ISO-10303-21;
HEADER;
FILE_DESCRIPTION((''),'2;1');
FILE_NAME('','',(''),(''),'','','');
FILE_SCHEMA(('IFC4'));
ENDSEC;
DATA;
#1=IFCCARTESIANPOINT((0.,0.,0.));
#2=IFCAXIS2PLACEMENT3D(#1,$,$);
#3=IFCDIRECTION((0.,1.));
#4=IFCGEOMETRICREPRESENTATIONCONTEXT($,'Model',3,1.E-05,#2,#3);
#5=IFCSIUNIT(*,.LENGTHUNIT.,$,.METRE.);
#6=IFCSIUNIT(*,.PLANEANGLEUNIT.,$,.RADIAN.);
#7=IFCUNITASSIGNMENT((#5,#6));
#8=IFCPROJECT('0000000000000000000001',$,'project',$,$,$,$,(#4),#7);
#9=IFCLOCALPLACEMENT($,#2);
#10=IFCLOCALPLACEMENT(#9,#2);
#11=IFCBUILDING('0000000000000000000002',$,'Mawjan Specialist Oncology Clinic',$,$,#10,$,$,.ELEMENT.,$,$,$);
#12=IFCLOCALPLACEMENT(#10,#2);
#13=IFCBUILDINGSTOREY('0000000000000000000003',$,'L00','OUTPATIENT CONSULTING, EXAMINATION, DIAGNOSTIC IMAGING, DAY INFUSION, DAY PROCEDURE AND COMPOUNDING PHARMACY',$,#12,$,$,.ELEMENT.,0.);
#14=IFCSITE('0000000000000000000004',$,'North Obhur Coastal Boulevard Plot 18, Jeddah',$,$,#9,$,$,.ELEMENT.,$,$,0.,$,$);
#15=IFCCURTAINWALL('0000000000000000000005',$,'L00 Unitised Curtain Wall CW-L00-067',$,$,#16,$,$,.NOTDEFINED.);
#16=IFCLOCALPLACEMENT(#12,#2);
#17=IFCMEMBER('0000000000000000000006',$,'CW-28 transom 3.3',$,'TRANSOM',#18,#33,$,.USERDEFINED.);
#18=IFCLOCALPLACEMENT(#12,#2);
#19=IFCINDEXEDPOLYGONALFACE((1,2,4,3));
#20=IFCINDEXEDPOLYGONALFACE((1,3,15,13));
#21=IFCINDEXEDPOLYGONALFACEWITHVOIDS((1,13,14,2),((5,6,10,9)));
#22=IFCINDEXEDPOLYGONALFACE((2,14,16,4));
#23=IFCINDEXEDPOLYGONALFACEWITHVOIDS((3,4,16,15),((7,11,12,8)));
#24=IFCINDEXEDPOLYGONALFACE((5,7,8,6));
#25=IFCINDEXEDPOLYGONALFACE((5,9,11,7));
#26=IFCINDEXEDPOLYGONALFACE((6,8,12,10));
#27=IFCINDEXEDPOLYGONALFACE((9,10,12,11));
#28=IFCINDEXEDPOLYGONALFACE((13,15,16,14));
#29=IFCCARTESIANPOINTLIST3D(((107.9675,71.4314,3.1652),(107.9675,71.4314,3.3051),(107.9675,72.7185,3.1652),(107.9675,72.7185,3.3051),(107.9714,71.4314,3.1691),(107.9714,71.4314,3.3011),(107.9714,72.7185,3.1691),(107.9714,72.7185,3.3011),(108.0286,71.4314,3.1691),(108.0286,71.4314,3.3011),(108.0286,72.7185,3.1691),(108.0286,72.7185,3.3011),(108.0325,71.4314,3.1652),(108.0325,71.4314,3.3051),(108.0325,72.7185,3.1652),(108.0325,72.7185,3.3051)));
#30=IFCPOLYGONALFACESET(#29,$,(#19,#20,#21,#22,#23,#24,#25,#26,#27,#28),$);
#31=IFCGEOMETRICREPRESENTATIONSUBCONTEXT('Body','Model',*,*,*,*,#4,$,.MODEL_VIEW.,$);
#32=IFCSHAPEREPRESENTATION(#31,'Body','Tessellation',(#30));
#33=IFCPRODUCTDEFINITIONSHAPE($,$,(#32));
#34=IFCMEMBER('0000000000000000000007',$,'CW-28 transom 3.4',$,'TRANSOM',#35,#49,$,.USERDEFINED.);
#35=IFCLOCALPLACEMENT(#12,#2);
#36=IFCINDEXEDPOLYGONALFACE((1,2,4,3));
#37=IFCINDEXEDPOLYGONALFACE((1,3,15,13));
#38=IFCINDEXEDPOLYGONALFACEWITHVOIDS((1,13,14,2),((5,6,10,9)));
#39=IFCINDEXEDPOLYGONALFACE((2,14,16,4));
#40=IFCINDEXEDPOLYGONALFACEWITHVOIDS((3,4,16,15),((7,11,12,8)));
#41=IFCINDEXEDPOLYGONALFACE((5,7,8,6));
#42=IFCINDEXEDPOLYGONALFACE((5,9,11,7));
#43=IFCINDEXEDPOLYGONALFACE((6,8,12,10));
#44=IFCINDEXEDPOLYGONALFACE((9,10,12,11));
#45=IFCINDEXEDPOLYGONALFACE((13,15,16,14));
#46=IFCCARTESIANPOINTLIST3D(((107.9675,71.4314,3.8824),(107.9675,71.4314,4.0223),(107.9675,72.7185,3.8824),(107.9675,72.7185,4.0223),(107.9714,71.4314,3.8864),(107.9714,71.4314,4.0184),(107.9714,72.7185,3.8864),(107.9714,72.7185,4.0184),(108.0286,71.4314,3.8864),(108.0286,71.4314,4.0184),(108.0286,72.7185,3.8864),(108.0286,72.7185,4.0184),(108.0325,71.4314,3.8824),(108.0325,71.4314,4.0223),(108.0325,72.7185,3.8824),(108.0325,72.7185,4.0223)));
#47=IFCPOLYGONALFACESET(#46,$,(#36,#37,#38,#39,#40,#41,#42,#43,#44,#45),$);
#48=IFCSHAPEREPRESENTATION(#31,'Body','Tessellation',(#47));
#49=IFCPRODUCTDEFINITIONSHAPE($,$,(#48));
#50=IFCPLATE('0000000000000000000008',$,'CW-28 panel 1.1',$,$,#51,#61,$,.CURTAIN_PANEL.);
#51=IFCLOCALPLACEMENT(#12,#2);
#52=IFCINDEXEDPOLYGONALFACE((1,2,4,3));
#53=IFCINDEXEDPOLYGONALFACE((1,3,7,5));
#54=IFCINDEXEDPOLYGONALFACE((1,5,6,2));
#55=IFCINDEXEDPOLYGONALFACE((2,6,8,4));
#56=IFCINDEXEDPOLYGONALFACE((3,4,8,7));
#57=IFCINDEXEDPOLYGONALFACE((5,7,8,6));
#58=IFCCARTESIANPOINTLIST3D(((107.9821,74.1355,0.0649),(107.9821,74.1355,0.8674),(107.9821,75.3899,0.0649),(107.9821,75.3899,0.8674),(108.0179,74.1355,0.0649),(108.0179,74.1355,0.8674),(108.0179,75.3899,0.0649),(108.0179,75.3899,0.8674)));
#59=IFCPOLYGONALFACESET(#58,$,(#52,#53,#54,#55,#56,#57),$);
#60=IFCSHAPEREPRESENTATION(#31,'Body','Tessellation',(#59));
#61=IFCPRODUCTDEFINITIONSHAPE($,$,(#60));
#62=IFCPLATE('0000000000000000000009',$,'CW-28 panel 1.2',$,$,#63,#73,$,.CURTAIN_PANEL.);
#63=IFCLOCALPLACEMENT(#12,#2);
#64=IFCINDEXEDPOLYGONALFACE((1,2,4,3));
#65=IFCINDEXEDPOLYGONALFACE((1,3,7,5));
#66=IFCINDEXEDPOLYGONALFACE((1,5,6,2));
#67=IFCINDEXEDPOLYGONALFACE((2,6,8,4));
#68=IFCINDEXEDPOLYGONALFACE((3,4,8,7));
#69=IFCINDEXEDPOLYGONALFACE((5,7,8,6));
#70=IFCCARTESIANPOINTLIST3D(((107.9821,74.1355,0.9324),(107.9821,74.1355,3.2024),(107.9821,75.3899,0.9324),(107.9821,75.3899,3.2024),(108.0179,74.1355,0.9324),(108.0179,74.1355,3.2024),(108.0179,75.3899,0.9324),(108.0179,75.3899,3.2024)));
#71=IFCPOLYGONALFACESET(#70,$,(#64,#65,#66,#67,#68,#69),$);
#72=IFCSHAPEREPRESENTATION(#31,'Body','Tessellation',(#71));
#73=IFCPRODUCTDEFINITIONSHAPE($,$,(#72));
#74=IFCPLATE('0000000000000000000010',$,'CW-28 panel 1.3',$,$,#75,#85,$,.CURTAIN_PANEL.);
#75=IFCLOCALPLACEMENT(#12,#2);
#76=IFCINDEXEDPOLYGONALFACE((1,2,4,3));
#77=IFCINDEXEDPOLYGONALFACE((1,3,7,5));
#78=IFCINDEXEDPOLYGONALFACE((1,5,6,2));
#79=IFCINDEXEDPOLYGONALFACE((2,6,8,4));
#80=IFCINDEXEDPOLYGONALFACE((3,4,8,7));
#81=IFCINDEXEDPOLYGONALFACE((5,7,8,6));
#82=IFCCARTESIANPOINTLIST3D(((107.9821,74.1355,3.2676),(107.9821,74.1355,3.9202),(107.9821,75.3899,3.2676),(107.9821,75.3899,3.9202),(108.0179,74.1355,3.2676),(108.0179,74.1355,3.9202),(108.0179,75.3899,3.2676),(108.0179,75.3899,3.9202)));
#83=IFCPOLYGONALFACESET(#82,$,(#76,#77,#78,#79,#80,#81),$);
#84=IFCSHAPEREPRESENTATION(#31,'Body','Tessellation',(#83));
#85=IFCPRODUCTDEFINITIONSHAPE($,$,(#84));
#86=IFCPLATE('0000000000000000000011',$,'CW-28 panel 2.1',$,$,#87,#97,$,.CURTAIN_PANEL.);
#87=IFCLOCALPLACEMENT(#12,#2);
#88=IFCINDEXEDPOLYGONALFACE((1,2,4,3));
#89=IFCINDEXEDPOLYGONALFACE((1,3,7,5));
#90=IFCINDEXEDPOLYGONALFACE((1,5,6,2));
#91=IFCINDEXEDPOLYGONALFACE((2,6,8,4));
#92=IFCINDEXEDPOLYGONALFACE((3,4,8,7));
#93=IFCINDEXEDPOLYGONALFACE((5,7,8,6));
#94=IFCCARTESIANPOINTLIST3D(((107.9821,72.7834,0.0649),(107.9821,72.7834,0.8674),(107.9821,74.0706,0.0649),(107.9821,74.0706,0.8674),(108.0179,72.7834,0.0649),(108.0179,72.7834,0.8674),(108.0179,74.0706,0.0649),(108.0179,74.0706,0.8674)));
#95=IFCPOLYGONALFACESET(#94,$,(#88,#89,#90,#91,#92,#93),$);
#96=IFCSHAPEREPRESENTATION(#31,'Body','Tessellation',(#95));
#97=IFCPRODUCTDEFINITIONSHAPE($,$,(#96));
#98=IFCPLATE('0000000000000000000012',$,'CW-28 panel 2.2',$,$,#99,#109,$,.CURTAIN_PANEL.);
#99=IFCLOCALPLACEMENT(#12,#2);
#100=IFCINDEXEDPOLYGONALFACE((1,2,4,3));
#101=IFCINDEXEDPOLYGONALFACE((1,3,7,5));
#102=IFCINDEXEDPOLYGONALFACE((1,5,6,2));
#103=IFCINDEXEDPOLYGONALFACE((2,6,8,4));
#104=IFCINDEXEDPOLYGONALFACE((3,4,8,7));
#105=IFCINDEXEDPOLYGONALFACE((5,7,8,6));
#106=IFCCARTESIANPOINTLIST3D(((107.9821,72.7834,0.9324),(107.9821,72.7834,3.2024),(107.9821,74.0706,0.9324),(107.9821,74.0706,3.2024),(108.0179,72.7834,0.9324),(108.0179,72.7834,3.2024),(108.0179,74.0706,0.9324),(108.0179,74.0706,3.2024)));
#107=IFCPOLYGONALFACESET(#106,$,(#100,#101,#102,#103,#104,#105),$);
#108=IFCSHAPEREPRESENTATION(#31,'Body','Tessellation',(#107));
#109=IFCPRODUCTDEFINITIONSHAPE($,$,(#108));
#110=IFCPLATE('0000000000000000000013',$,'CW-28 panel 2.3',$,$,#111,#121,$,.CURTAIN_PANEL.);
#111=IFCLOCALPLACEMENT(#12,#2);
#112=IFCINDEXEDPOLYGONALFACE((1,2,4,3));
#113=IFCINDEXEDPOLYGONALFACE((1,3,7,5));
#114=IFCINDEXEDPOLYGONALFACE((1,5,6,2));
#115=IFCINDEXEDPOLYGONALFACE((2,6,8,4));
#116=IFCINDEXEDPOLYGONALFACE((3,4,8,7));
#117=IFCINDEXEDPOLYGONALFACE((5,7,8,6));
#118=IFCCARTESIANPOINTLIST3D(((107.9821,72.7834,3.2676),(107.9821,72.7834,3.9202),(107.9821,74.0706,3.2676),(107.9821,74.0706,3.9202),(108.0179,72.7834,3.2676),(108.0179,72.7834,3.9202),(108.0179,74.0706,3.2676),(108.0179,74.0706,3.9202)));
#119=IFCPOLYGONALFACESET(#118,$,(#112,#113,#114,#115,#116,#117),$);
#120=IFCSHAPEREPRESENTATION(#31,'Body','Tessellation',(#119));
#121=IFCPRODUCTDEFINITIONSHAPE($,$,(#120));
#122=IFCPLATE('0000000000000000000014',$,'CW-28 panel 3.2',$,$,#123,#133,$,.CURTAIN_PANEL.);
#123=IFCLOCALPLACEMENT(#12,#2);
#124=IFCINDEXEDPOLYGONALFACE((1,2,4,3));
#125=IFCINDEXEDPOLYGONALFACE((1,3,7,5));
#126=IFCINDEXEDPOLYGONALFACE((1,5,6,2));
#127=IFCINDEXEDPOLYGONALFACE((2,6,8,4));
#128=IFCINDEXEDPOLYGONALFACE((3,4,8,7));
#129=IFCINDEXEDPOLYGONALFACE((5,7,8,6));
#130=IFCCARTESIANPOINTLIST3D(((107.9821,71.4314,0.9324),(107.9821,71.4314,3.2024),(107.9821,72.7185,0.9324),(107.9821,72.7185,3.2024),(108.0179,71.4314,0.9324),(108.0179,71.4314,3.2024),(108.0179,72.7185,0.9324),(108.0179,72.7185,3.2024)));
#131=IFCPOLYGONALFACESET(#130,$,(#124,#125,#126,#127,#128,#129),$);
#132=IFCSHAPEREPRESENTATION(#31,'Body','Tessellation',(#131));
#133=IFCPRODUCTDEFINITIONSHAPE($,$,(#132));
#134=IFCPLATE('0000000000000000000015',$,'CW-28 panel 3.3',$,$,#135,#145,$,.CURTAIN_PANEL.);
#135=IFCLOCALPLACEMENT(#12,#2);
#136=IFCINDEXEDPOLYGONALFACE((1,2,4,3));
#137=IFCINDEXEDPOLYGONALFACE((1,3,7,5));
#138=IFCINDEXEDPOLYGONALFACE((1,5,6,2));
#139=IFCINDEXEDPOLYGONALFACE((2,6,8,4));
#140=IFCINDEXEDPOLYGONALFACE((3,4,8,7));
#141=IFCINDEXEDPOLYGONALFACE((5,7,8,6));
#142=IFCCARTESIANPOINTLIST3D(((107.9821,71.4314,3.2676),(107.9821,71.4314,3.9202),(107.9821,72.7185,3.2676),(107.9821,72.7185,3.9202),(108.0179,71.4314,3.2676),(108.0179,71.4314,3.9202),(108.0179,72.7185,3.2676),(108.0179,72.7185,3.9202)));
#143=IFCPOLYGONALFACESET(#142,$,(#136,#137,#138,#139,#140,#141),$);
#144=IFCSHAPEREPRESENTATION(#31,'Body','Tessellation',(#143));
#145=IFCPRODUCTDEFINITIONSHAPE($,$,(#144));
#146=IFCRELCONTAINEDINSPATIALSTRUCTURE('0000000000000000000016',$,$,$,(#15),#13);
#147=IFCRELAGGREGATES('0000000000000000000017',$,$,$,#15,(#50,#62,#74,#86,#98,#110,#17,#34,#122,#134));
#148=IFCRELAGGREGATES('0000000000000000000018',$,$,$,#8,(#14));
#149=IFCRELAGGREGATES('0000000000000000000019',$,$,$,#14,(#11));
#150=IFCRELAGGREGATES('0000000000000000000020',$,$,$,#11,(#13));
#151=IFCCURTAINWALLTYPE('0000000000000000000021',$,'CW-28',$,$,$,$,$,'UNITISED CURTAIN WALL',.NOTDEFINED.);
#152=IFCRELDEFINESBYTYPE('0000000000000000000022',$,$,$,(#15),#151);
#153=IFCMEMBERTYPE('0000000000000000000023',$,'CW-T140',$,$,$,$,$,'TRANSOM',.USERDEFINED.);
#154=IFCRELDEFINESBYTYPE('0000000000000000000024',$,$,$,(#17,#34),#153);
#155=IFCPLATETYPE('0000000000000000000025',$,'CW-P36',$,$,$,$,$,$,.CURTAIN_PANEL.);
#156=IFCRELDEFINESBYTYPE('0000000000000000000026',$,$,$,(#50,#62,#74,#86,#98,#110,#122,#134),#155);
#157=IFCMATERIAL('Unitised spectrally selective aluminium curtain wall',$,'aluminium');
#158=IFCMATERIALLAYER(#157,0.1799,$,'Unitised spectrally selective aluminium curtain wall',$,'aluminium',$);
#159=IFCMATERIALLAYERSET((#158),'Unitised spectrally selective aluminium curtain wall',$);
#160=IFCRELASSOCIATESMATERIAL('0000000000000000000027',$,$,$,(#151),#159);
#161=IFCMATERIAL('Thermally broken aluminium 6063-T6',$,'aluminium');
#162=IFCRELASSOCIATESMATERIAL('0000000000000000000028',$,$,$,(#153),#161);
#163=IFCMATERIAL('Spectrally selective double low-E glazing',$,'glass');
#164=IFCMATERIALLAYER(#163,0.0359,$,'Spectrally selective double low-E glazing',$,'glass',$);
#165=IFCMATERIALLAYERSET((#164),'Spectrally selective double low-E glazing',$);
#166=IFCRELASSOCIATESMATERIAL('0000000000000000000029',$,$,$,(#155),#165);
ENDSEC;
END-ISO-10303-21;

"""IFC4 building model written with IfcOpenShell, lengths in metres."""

from ifc_helpers import new_model, si_unit, direction, frame, origin, origin_2d, place, context, subcontext, project, spatial, rectangle, hollow_rectangle, extrude, material, layer, layer_set, material_profile, profile_set, type_object, element, aggregate, save


model = new_model("IFC4")

# Units and contexts
model_context = context("Model", 3, precision=1e-05, world=origin(), true_north=direction((0.0, 1.0)))
body_context = subcontext(model_context, "Body", "Model", "MODEL_VIEW")
ifc_project = project(units=[si_unit("LENGTHUNIT", "METRE"), si_unit("PLANEANGLEUNIT", "RADIAN")], contexts=[model_context])

# Site, building, storey
site_placement = place(None, origin())
site = spatial("IfcSite", under=ifc_project, at=site_placement, Name="North Obhur Coastal Boulevard Plot 18, Jeddah", CompositionType="ELEMENT", RefElevation=0.0)
building_placement = place(site_placement, origin())
building = spatial("IfcBuilding", under=site, at=building_placement, Name="Mawjan Specialist Oncology Clinic", CompositionType="ELEMENT")
storey_placement = place(building_placement, origin())
storey = spatial("IfcBuildingStorey", under=building, at=storey_placement, Name="L00", Description="OUTPATIENT CONSULTING, EXAMINATION, DIAGNOSTIC IMAGING, DAY INFUSION, DAY PROCEDURE AND COMPOUNDING PHARMACY", CompositionType="ELEMENT", Elevation=0.0)

# Curtain wall, members, plates
ifc_material_1 = material(Name="Unitised spectrally selective aluminium curtain wall", Category="aluminium")
ifc_layer_1 = layer(ifc_material_1, 0.1799, Name="Unitised spectrally selective aluminium curtain wall", Category="aluminium")
ifc_layer_set_1 = layer_set([ifc_layer_1], Name="Unitised spectrally selective aluminium curtain wall")
curtain_wall_type = type_object("IfcCurtainWallType", Name="CW-28", ElementType="UNITISED CURTAIN WALL", PredefinedType="NOTDEFINED", material=ifc_layer_set_1)
curtain_wall_placement = place(storey_placement, origin())
curtain_wall = element("IfcCurtainWall", 1, at=curtain_wall_placement, inside=storey, type_object=curtain_wall_type, Name="L00 Unitised Curtain Wall CW-L00-067", PredefinedType="NOTDEFINED")
ifc_material_2 = material(Name="Thermally broken aluminium 6063-T6", Category="aluminium")
ifc_material_profile_1 = material_profile(ifc_material_2, hollow_rectangle(XDim=0.0649, YDim=0.1399, WallThickness=0.0039, at=origin_2d()), Name="ALU TRANSOM 140x65x4", Category="aluminium")
ifc_profile_set_1 = profile_set([ifc_material_profile_1], Name="Thermally broken aluminium 6063-T6")
member_type_1 = type_object("IfcMemberType", Name="CW-T140", ElementType="TRANSOM", PredefinedType="USERDEFINED", material=ifc_profile_set_1)
member_1_placement = place(storey_placement, frame((108.0, 72.7185, 3.2351), z_axis=(0.0, -1.0, 0.0), x_axis=(1.0, 0.0, 0.0)))
member_1 = element("IfcMember", 2, at=member_1_placement, type_object=member_type_1, Name="CW-28 transom 3.3", ObjectType="TRANSOM", PredefinedType="USERDEFINED", context=body_context, shape_type="SweptSolid", body=[
    extrude(hollow_rectangle(XDim=0.0649, YDim=0.1399, WallThickness=0.0039, at=origin_2d()), origin(), (0.0, 0.0, 1.0), 1.2871),
])
member_2_placement = place(storey_placement, frame((108.0, 72.7185, 3.9524), z_axis=(0.0, -1.0, 0.0), x_axis=(1.0, 0.0, 0.0)))
member_2 = element("IfcMember", 3, at=member_2_placement, type_object=member_type_1, Name="CW-28 transom 3.4", ObjectType="TRANSOM", PredefinedType="USERDEFINED", context=body_context, shape_type="SweptSolid", body=[
    extrude(hollow_rectangle(XDim=0.0649, YDim=0.1399, WallThickness=0.0039, at=origin_2d()), origin(), (0.0, 0.0, 1.0), 1.2871),
])
ifc_material_3 = material(Name="Spectrally selective double low-E glazing", Category="glass")
ifc_layer_2 = layer(ifc_material_3, 0.0359, Name="Spectrally selective double low-E glazing", Category="glass")
ifc_layer_set_2 = layer_set([ifc_layer_2], Name="Spectrally selective double low-E glazing")
plate_type = type_object("IfcPlateType", Name="CW-P36", PredefinedType="CURTAIN_PANEL", material=ifc_layer_set_2)
plate_1_placement = place(storey_placement, frame((108.0, 74.7627, 0.0649), z_axis=(0.0, 0.0, 1.0), x_axis=(0.0, -1.0, 0.0)))
plate_1 = element("IfcPlate", 4, at=plate_1_placement, type_object=plate_type, Name="CW-28 panel 1.1", PredefinedType="CURTAIN_PANEL", context=body_context, shape_type="SweptSolid", body=[
    extrude(rectangle(XDim=1.2544, YDim=0.0359, at=origin_2d()), origin(), (0.0, 0.0, 1.0), 0.8025),
])
plate_2_placement = place(storey_placement, frame((108.0, 74.7627, 0.9324), z_axis=(0.0, 0.0, 1.0), x_axis=(0.0, -1.0, 0.0)))
plate_2 = element("IfcPlate", 5, at=plate_2_placement, type_object=plate_type, Name="CW-28 panel 1.2", PredefinedType="CURTAIN_PANEL", context=body_context, shape_type="SweptSolid", body=[
    extrude(rectangle(XDim=1.2544, YDim=0.0359, at=origin_2d()), origin(), (0.0, 0.0, 1.0), 2.27),
])
plate_3_placement = place(storey_placement, frame((108.0, 74.7627, 3.2676), z_axis=(0.0, 0.0, 1.0), x_axis=(0.0, -1.0, 0.0)))
plate_3 = element("IfcPlate", 6, at=plate_3_placement, type_object=plate_type, Name="CW-28 panel 1.3", PredefinedType="CURTAIN_PANEL", context=body_context, shape_type="SweptSolid", body=[
    extrude(rectangle(XDim=1.2544, YDim=0.0359, at=origin_2d()), origin(), (0.0, 0.0, 1.0), 0.6526),
])
plate_4_placement = place(storey_placement, frame((108.0, 73.427, 0.0649), z_axis=(0.0, 0.0, 1.0), x_axis=(0.0, -1.0, 0.0)))
plate_4 = element("IfcPlate", 7, at=plate_4_placement, type_object=plate_type, Name="CW-28 panel 2.1", PredefinedType="CURTAIN_PANEL", context=body_context, shape_type="SweptSolid", body=[
    extrude(rectangle(XDim=1.2871, YDim=0.0359, at=origin_2d()), origin(), (0.0, 0.0, 1.0), 0.8025),
])
plate_5_placement = place(storey_placement, frame((108.0, 73.427, 0.9324), z_axis=(0.0, 0.0, 1.0), x_axis=(0.0, -1.0, 0.0)))
plate_5 = element("IfcPlate", 8, at=plate_5_placement, type_object=plate_type, Name="CW-28 panel 2.2", PredefinedType="CURTAIN_PANEL", context=body_context, shape_type="SweptSolid", body=[
    extrude(rectangle(XDim=1.2871, YDim=0.0359, at=origin_2d()), origin(), (0.0, 0.0, 1.0), 2.27),
])
plate_6_placement = place(storey_placement, frame((108.0, 73.427, 3.2676), z_axis=(0.0, 0.0, 1.0), x_axis=(0.0, -1.0, 0.0)))
plate_6 = element("IfcPlate", 9, at=plate_6_placement, type_object=plate_type, Name="CW-28 panel 2.3", PredefinedType="CURTAIN_PANEL", context=body_context, shape_type="SweptSolid", body=[
    extrude(rectangle(XDim=1.2871, YDim=0.0359, at=origin_2d()), origin(), (0.0, 0.0, 1.0), 0.6526),
])
plate_7_placement = place(storey_placement, frame((108.0, 72.075, 0.9324), z_axis=(0.0, 0.0, 1.0), x_axis=(0.0, -1.0, 0.0)))
plate_7 = element("IfcPlate", 10, at=plate_7_placement, type_object=plate_type, Name="CW-28 panel 3.2", PredefinedType="CURTAIN_PANEL", context=body_context, shape_type="SweptSolid", body=[
    extrude(rectangle(XDim=1.2871, YDim=0.0359, at=origin_2d()), origin(), (0.0, 0.0, 1.0), 2.27),
])
plate_8_placement = place(storey_placement, frame((108.0, 72.075, 3.2676), z_axis=(0.0, 0.0, 1.0), x_axis=(0.0, -1.0, 0.0)))
plate_8 = element("IfcPlate", 11, at=plate_8_placement, type_object=plate_type, Name="CW-28 panel 3.3", PredefinedType="CURTAIN_PANEL", context=body_context, shape_type="SweptSolid", body=[
    extrude(rectangle(XDim=1.2871, YDim=0.0359, at=origin_2d()), origin(), (0.0, 0.0, 1.0), 0.6526),
])
aggregate(curtain_wall, [plate_1, plate_2, plate_3, plate_4, plate_5, plate_6, member_1, member_2, plate_7, plate_8])

save(model, "model.ifc")
